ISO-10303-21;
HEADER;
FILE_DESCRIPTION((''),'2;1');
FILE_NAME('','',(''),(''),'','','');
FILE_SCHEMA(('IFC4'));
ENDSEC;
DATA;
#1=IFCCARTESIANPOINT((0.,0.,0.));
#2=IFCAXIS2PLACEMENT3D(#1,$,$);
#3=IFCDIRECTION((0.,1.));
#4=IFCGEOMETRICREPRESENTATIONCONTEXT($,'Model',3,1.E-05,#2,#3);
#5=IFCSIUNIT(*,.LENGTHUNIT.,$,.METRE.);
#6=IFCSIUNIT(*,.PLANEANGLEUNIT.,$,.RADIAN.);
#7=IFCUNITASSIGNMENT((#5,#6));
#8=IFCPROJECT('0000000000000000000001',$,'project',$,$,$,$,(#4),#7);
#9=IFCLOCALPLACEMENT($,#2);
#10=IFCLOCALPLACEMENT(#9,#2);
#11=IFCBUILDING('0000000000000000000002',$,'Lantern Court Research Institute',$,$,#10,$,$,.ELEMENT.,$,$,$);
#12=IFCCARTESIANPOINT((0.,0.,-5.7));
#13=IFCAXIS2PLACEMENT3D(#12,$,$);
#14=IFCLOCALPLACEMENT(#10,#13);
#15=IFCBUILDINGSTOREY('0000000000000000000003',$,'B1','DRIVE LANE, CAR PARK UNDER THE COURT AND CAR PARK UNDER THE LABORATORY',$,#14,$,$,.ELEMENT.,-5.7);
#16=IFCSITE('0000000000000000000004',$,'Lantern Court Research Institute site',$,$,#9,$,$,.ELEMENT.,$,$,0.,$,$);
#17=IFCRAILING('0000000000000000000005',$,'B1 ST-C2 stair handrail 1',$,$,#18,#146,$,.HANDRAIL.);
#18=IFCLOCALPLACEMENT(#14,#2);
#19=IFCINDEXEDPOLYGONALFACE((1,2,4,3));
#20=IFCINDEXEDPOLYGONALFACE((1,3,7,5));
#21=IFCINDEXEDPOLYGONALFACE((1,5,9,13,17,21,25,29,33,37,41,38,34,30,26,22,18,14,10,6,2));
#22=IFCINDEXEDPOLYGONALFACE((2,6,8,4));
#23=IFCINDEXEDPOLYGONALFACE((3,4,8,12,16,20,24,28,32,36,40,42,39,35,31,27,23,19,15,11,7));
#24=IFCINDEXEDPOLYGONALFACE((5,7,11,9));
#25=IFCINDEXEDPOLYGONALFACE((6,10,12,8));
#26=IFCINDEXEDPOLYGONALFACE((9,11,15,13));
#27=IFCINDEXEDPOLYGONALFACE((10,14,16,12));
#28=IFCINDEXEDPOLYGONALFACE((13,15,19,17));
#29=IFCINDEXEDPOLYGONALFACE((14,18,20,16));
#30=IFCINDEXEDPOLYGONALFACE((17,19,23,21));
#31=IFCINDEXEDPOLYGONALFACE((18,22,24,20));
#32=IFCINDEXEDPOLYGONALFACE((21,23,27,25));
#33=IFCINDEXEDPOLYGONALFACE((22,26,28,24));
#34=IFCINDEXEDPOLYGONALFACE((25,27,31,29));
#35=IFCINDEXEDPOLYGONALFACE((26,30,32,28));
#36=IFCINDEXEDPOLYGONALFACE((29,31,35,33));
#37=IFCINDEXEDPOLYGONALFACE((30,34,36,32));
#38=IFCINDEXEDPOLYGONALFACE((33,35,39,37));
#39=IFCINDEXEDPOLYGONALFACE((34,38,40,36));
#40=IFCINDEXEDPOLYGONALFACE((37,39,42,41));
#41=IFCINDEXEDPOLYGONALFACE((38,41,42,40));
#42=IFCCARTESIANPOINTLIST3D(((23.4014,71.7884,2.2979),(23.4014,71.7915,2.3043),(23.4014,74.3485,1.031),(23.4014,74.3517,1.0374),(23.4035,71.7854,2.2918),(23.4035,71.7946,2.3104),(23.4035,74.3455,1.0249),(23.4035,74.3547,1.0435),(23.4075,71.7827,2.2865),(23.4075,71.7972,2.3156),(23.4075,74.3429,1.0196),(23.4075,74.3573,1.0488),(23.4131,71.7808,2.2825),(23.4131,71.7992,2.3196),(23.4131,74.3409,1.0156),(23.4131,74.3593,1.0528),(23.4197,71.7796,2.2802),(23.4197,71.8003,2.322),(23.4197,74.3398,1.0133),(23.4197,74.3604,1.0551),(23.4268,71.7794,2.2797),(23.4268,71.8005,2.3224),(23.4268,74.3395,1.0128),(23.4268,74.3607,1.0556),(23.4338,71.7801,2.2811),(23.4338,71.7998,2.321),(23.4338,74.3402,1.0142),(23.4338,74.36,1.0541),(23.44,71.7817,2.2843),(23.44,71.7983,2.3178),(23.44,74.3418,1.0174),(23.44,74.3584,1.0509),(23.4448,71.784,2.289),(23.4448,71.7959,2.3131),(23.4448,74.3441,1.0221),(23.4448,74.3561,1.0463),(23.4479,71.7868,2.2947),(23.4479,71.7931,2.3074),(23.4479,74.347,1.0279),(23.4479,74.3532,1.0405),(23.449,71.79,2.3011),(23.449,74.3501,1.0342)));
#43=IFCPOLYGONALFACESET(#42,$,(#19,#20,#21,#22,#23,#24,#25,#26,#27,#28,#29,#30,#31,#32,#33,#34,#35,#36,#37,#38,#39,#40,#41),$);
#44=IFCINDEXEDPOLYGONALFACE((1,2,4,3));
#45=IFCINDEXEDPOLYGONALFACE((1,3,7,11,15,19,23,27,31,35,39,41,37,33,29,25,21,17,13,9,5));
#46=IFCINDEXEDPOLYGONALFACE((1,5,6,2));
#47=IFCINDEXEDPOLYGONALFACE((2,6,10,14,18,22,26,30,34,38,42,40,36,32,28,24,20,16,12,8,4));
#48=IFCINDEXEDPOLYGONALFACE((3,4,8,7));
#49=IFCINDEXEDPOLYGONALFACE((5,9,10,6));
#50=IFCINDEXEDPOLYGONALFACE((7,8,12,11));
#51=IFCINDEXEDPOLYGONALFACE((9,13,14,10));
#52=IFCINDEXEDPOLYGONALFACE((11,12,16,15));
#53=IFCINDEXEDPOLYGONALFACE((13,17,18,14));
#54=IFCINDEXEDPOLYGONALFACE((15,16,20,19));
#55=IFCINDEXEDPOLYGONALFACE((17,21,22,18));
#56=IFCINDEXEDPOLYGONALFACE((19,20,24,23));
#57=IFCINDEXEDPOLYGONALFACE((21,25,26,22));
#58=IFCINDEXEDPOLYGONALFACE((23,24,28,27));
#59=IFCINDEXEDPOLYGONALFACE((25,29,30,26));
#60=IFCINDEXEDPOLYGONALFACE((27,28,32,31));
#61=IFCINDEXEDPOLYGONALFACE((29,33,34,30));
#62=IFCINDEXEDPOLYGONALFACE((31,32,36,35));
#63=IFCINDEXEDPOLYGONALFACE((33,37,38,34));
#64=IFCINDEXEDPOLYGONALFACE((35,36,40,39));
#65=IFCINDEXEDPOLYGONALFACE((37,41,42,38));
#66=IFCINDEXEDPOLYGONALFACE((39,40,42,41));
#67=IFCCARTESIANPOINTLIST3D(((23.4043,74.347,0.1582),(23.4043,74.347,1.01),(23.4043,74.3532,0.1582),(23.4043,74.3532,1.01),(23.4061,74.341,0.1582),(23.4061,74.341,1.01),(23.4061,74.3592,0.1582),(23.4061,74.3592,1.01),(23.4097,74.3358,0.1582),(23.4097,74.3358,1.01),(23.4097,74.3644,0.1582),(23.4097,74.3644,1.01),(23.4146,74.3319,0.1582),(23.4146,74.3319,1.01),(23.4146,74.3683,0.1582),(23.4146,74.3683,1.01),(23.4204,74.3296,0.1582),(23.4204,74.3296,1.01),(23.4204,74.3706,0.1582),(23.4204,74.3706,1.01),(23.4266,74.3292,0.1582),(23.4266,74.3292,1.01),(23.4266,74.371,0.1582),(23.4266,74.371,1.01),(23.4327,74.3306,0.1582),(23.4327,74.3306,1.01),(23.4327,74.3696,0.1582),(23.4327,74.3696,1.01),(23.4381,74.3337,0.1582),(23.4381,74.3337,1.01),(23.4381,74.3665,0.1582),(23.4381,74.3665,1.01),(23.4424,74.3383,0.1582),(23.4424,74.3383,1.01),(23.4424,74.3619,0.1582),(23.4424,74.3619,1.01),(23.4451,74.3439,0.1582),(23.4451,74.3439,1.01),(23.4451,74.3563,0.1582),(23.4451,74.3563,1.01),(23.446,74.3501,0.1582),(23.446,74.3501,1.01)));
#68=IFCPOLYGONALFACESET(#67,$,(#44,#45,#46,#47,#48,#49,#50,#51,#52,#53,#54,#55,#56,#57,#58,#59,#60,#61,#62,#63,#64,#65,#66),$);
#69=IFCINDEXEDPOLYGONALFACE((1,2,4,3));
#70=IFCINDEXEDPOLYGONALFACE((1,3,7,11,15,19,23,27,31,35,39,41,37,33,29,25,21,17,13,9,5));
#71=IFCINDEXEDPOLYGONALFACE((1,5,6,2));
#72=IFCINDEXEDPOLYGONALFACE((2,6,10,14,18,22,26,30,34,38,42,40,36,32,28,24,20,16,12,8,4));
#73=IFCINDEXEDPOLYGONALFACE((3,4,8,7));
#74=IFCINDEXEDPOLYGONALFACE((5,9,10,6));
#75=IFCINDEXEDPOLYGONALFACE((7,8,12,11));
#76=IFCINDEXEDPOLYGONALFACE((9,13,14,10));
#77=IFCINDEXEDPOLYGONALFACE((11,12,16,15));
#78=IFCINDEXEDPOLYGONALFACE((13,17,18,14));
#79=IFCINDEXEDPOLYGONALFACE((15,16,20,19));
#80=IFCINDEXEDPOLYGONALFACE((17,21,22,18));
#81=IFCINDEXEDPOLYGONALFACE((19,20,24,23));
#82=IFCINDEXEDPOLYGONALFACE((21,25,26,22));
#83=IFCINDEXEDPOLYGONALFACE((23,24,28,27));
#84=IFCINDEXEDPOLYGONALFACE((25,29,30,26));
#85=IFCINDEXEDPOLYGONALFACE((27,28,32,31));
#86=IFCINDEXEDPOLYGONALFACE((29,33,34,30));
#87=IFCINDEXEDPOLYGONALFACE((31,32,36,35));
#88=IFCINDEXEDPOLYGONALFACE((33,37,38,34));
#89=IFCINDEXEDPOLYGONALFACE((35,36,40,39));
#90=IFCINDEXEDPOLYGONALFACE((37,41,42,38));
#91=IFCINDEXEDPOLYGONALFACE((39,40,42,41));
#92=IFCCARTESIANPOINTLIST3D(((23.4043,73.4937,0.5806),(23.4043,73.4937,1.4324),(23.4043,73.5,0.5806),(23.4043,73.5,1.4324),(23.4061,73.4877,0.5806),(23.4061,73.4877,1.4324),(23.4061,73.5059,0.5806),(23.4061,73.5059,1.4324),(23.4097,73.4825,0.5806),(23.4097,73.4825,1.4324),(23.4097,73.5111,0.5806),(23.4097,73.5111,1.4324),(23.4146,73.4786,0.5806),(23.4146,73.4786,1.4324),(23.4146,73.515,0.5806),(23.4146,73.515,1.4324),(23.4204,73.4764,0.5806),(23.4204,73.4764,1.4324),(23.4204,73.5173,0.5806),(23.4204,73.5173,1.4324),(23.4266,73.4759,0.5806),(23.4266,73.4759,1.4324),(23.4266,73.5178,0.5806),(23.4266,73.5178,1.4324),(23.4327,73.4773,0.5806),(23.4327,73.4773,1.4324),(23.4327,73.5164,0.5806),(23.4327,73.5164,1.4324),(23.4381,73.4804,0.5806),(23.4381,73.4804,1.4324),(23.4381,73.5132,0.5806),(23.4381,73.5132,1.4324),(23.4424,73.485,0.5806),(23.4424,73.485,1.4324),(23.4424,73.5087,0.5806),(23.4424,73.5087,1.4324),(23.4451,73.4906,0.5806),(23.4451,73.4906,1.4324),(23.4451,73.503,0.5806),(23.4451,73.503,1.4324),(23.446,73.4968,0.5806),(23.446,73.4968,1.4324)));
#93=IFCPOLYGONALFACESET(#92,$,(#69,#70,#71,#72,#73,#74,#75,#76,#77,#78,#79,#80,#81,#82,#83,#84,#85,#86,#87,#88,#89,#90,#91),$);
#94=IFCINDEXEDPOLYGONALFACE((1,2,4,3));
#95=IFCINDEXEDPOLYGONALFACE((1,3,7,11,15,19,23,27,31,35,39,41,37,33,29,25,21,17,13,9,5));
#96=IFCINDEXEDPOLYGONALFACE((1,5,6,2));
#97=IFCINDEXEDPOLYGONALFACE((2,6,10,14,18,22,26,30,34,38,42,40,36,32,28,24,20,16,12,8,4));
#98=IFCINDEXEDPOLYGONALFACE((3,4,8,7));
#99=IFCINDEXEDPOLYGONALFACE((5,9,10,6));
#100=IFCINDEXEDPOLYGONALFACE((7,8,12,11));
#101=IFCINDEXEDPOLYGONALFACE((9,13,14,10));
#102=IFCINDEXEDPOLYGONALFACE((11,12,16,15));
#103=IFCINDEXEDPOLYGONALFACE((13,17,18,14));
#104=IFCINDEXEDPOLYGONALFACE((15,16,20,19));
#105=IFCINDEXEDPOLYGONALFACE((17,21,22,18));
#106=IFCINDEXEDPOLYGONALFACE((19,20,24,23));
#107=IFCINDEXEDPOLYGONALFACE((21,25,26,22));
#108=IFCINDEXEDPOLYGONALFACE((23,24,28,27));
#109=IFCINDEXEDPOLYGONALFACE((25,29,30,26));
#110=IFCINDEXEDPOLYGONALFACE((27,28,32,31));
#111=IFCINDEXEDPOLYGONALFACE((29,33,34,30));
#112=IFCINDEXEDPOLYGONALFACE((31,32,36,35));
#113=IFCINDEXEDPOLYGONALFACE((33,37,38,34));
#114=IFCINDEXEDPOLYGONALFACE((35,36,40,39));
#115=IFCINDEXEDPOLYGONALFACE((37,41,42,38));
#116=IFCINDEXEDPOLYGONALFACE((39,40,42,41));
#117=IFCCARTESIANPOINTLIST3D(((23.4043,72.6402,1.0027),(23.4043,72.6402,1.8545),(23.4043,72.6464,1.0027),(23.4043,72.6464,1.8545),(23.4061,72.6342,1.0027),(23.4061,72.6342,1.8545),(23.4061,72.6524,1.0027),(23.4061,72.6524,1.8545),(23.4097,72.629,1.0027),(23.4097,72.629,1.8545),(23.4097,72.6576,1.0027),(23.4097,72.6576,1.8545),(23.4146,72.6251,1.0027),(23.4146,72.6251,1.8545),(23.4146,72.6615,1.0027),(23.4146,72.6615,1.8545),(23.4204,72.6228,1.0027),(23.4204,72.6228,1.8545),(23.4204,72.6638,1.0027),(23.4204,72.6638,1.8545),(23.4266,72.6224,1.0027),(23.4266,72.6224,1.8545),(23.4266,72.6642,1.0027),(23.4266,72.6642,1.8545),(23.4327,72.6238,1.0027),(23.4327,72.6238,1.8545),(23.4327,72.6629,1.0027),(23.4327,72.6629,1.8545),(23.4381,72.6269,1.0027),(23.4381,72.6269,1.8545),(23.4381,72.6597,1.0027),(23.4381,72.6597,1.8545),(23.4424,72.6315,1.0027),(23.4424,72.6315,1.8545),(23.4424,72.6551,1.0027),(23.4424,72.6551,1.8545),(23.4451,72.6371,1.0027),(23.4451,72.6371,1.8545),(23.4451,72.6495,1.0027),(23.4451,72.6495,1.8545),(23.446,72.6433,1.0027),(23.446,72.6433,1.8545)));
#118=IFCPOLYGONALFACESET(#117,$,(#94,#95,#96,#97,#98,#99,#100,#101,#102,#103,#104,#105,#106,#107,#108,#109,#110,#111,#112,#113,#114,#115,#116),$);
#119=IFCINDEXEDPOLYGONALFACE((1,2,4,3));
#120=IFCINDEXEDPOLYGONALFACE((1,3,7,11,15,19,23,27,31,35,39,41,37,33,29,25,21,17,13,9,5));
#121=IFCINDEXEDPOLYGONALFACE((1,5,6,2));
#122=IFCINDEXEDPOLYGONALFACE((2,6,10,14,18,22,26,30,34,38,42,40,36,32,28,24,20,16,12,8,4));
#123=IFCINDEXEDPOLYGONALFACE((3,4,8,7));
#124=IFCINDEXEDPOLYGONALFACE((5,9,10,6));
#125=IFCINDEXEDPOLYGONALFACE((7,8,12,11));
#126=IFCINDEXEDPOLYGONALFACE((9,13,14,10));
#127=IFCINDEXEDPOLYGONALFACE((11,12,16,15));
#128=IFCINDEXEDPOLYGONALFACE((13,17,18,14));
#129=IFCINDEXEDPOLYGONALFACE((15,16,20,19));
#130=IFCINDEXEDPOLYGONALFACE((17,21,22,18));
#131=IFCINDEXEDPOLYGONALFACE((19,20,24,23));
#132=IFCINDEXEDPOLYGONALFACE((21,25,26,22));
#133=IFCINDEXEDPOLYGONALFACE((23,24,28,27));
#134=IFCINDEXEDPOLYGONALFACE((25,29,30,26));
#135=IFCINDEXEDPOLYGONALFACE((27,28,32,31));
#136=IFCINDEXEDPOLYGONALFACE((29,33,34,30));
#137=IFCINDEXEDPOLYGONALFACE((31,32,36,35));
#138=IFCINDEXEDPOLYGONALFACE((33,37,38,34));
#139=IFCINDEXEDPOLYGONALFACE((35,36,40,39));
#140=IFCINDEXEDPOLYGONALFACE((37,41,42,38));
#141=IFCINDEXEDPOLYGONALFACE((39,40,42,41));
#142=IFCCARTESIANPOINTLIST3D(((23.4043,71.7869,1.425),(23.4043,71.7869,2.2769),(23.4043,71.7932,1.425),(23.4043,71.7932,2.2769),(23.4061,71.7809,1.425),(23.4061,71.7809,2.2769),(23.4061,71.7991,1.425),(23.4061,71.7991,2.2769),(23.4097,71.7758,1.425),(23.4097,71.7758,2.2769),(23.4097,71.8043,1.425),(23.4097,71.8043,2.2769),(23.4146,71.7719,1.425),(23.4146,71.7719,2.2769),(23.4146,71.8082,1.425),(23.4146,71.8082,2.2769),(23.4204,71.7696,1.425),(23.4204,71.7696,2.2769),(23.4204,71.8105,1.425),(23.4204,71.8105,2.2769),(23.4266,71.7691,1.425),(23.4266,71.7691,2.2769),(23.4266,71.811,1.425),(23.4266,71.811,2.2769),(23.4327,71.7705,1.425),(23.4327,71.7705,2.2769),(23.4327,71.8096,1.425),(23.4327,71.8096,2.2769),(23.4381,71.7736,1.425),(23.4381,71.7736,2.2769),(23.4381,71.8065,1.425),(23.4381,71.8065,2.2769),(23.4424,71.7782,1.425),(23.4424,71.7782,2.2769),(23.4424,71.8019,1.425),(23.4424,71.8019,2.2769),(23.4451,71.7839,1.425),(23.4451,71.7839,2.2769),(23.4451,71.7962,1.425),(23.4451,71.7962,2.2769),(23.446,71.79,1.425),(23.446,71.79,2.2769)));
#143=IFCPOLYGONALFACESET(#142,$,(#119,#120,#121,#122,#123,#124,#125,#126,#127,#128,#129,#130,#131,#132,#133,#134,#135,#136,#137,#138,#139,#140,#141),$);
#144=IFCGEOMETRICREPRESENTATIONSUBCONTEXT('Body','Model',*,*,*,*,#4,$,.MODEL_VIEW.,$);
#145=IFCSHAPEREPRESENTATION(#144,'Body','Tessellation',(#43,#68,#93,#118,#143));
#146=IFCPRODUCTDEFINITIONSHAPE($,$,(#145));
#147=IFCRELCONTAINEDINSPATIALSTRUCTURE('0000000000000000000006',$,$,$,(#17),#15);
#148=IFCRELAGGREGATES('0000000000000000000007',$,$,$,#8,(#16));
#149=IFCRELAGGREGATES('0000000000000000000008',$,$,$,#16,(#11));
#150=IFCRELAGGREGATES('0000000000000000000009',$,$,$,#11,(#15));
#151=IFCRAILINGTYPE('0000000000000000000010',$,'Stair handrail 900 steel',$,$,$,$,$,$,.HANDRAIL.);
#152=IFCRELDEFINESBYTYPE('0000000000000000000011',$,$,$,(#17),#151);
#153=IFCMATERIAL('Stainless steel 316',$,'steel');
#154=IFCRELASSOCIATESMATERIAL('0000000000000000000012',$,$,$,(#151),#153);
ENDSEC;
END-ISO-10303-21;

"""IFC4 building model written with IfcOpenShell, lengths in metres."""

from ifc_helpers import new_model, si_unit, direction, frame, origin, origin_2d, place, context, subcontext, project, spatial, circle, extrude, material, type_object, element, save


model = new_model("IFC4")

# Units and contexts
model_context = context("Model", 3, precision=1e-05, world=origin(), true_north=direction((0.0, 1.0)))
body_context = subcontext(model_context, "Body", "Model", "MODEL_VIEW")
ifc_project = project(units=[si_unit("LENGTHUNIT", "METRE"), si_unit("PLANEANGLEUNIT", "RADIAN")], contexts=[model_context])

# Site, building, storey
site_placement = place(None, origin())
site = spatial("IfcSite", under=ifc_project, at=site_placement, Name="Lantern Court Research Institute site", CompositionType="ELEMENT", RefElevation=0.0)
building_placement = place(site_placement, origin())
building = spatial("IfcBuilding", under=site, at=building_placement, Name="Lantern Court Research Institute", CompositionType="ELEMENT")
storey_placement = place(building_placement, frame((0.0, 0.0, -5.7)))
storey = spatial("IfcBuildingStorey", under=building, at=storey_placement, Name="B1", Description="DRIVE LANE, CAR PARK UNDER THE COURT AND CAR PARK UNDER THE LABORATORY", CompositionType="ELEMENT", Elevation=-5.7)

# Railing
ifc_material_1 = material(Name="Stainless steel 316", Category="steel")
railing_type_1 = type_object("IfcRailingType", Name="Stair handrail 900 steel", PredefinedType="HANDRAIL", material=ifc_material_1)
railing_1_placement = place(storey_placement, frame((23.425, 74.3501, 0.1582)))
element("IfcRailing", 1, at=railing_1_placement, inside=storey, type_object=railing_type_1, Name="B1 ST-C2 stair handrail 1", PredefinedType="HANDRAIL", context=body_context, shape_type="SweptSolid", body=[
    extrude(circle(Radius=0.0239, at=origin_2d()), frame((0.0, 0.0, 0.876), z_axis=(0.0, -0.896266, 0.443517), x_axis=(1.0, 0.0, 0.0)), (0.0, 0.0, 1.0), 2.8564),
    extrude(circle(Radius=0.021, at=origin_2d()), origin(), (0.0, 0.0, 1.0), 0.8518),
    extrude(circle(Radius=0.021, at=origin_2d()), frame((0.0, -0.8533, 0.4224)), (0.0, 0.0, 1.0), 0.8518),
    extrude(circle(Radius=0.021, at=origin_2d()), frame((0.0, -1.7068, 0.8445)), (0.0, 0.0, 1.0), 0.8518),
    extrude(circle(Radius=0.021, at=origin_2d()), frame((0.0, -2.5601, 1.2668)), (0.0, 0.0, 1.0), 0.8518),
])

save(model, "model.ifc")
